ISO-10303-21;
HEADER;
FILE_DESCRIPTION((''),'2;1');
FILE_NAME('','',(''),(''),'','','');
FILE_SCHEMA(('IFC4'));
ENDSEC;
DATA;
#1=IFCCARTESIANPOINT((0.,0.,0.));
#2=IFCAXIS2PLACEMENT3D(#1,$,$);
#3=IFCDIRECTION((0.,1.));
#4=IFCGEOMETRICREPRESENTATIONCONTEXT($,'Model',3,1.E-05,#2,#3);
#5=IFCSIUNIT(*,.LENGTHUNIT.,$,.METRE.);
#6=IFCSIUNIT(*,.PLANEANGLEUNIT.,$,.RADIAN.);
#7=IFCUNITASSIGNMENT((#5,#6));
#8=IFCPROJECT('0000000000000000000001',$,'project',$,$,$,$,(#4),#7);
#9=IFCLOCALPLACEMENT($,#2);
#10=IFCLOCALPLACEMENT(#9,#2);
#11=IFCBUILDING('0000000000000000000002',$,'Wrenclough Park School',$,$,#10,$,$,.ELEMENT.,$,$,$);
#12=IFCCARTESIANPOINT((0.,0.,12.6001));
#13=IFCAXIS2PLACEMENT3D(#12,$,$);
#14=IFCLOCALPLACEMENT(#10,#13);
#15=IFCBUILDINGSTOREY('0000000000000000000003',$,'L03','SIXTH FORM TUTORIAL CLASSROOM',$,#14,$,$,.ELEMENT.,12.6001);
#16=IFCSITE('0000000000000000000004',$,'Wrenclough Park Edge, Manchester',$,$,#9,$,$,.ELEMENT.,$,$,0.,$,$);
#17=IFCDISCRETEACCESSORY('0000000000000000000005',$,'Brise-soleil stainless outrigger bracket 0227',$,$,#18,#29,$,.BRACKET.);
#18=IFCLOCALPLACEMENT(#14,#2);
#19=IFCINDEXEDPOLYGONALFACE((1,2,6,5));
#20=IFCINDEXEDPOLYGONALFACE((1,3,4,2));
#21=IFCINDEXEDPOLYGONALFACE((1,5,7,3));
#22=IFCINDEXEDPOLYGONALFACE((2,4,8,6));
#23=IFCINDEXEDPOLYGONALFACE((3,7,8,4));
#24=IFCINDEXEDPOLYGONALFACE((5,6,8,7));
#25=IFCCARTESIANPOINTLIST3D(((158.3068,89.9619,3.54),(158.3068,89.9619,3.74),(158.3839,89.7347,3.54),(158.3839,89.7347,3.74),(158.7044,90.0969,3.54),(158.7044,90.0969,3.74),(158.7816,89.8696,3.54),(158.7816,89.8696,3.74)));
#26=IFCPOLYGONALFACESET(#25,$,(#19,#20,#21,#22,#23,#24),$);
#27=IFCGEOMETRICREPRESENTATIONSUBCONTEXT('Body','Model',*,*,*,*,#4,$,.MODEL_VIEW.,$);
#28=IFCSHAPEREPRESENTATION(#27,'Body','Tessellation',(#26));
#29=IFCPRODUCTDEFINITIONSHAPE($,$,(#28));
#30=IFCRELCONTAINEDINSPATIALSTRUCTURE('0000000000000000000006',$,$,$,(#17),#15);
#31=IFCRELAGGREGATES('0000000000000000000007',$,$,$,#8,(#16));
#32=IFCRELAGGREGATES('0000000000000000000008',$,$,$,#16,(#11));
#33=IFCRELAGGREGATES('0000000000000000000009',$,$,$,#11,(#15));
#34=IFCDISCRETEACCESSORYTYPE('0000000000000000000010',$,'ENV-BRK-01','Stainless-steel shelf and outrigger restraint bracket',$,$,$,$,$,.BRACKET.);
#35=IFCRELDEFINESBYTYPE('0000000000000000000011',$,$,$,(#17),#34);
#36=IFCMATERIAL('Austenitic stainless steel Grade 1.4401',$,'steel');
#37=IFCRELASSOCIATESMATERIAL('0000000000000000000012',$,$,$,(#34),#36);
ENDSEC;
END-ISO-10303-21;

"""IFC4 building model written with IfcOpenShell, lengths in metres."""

from ifc_helpers import new_model, si_unit, direction, frame, origin, origin_2d, place, context, subcontext, project, spatial, rectangle, extrude, material, type_object, element, save


model = new_model("IFC4")

# Units and contexts
model_context = context("Model", 3, precision=1e-05, world=origin(), true_north=direction((0.0, 1.0)))
body_context = subcontext(model_context, "Body", "Model", "MODEL_VIEW")
ifc_project = project(units=[si_unit("LENGTHUNIT", "METRE"), si_unit("PLANEANGLEUNIT", "RADIAN")], contexts=[model_context])

# Site, building, storey
site_placement = place(None, origin())
site = spatial("IfcSite", under=ifc_project, at=site_placement, Name="Wrenclough Park Edge, Manchester", CompositionType="ELEMENT", RefElevation=0.0)
building_placement = place(site_placement, origin())
building = spatial("IfcBuilding", under=site, at=building_placement, Name="Wrenclough Park School", CompositionType="ELEMENT")
storey_placement = place(building_placement, frame((0.0, 0.0, 12.6001)))
storey = spatial("IfcBuildingStorey", under=building, at=storey_placement, Name="L03", Description="SIXTH FORM TUTORIAL CLASSROOM", CompositionType="ELEMENT", Elevation=12.6001)

# Discrete accessory
ifc_material_1 = material(Name="Austenitic stainless steel Grade 1.4401", Category="steel")
discrete_accessory_type = type_object("IfcDiscreteAccessoryType", Name="ENV-BRK-01", Description="Stainless-steel shelf and outrigger restraint bracket", PredefinedType="BRACKET", material=ifc_material_1)
discrete_accessory_placement = place(storey_placement, frame((158.5442, 89.9158, 3.54), z_axis=(0.0, 0.0, 1.0), x_axis=(0.321427, -0.946934, 0.0)))
element("IfcDiscreteAccessory", 1, at=discrete_accessory_placement, inside=storey, type_object=discrete_accessory_type, Name="Brise-soleil stainless outrigger bracket 0227", PredefinedType="BRACKET", context=body_context, shape_type="SweptSolid", body=[
    extrude(rectangle(XDim=0.24, YDim=0.4199, at=origin_2d()), origin(), (0.0, 0.0, 1.0), 0.2),
])

save(model, "model.ifc")
